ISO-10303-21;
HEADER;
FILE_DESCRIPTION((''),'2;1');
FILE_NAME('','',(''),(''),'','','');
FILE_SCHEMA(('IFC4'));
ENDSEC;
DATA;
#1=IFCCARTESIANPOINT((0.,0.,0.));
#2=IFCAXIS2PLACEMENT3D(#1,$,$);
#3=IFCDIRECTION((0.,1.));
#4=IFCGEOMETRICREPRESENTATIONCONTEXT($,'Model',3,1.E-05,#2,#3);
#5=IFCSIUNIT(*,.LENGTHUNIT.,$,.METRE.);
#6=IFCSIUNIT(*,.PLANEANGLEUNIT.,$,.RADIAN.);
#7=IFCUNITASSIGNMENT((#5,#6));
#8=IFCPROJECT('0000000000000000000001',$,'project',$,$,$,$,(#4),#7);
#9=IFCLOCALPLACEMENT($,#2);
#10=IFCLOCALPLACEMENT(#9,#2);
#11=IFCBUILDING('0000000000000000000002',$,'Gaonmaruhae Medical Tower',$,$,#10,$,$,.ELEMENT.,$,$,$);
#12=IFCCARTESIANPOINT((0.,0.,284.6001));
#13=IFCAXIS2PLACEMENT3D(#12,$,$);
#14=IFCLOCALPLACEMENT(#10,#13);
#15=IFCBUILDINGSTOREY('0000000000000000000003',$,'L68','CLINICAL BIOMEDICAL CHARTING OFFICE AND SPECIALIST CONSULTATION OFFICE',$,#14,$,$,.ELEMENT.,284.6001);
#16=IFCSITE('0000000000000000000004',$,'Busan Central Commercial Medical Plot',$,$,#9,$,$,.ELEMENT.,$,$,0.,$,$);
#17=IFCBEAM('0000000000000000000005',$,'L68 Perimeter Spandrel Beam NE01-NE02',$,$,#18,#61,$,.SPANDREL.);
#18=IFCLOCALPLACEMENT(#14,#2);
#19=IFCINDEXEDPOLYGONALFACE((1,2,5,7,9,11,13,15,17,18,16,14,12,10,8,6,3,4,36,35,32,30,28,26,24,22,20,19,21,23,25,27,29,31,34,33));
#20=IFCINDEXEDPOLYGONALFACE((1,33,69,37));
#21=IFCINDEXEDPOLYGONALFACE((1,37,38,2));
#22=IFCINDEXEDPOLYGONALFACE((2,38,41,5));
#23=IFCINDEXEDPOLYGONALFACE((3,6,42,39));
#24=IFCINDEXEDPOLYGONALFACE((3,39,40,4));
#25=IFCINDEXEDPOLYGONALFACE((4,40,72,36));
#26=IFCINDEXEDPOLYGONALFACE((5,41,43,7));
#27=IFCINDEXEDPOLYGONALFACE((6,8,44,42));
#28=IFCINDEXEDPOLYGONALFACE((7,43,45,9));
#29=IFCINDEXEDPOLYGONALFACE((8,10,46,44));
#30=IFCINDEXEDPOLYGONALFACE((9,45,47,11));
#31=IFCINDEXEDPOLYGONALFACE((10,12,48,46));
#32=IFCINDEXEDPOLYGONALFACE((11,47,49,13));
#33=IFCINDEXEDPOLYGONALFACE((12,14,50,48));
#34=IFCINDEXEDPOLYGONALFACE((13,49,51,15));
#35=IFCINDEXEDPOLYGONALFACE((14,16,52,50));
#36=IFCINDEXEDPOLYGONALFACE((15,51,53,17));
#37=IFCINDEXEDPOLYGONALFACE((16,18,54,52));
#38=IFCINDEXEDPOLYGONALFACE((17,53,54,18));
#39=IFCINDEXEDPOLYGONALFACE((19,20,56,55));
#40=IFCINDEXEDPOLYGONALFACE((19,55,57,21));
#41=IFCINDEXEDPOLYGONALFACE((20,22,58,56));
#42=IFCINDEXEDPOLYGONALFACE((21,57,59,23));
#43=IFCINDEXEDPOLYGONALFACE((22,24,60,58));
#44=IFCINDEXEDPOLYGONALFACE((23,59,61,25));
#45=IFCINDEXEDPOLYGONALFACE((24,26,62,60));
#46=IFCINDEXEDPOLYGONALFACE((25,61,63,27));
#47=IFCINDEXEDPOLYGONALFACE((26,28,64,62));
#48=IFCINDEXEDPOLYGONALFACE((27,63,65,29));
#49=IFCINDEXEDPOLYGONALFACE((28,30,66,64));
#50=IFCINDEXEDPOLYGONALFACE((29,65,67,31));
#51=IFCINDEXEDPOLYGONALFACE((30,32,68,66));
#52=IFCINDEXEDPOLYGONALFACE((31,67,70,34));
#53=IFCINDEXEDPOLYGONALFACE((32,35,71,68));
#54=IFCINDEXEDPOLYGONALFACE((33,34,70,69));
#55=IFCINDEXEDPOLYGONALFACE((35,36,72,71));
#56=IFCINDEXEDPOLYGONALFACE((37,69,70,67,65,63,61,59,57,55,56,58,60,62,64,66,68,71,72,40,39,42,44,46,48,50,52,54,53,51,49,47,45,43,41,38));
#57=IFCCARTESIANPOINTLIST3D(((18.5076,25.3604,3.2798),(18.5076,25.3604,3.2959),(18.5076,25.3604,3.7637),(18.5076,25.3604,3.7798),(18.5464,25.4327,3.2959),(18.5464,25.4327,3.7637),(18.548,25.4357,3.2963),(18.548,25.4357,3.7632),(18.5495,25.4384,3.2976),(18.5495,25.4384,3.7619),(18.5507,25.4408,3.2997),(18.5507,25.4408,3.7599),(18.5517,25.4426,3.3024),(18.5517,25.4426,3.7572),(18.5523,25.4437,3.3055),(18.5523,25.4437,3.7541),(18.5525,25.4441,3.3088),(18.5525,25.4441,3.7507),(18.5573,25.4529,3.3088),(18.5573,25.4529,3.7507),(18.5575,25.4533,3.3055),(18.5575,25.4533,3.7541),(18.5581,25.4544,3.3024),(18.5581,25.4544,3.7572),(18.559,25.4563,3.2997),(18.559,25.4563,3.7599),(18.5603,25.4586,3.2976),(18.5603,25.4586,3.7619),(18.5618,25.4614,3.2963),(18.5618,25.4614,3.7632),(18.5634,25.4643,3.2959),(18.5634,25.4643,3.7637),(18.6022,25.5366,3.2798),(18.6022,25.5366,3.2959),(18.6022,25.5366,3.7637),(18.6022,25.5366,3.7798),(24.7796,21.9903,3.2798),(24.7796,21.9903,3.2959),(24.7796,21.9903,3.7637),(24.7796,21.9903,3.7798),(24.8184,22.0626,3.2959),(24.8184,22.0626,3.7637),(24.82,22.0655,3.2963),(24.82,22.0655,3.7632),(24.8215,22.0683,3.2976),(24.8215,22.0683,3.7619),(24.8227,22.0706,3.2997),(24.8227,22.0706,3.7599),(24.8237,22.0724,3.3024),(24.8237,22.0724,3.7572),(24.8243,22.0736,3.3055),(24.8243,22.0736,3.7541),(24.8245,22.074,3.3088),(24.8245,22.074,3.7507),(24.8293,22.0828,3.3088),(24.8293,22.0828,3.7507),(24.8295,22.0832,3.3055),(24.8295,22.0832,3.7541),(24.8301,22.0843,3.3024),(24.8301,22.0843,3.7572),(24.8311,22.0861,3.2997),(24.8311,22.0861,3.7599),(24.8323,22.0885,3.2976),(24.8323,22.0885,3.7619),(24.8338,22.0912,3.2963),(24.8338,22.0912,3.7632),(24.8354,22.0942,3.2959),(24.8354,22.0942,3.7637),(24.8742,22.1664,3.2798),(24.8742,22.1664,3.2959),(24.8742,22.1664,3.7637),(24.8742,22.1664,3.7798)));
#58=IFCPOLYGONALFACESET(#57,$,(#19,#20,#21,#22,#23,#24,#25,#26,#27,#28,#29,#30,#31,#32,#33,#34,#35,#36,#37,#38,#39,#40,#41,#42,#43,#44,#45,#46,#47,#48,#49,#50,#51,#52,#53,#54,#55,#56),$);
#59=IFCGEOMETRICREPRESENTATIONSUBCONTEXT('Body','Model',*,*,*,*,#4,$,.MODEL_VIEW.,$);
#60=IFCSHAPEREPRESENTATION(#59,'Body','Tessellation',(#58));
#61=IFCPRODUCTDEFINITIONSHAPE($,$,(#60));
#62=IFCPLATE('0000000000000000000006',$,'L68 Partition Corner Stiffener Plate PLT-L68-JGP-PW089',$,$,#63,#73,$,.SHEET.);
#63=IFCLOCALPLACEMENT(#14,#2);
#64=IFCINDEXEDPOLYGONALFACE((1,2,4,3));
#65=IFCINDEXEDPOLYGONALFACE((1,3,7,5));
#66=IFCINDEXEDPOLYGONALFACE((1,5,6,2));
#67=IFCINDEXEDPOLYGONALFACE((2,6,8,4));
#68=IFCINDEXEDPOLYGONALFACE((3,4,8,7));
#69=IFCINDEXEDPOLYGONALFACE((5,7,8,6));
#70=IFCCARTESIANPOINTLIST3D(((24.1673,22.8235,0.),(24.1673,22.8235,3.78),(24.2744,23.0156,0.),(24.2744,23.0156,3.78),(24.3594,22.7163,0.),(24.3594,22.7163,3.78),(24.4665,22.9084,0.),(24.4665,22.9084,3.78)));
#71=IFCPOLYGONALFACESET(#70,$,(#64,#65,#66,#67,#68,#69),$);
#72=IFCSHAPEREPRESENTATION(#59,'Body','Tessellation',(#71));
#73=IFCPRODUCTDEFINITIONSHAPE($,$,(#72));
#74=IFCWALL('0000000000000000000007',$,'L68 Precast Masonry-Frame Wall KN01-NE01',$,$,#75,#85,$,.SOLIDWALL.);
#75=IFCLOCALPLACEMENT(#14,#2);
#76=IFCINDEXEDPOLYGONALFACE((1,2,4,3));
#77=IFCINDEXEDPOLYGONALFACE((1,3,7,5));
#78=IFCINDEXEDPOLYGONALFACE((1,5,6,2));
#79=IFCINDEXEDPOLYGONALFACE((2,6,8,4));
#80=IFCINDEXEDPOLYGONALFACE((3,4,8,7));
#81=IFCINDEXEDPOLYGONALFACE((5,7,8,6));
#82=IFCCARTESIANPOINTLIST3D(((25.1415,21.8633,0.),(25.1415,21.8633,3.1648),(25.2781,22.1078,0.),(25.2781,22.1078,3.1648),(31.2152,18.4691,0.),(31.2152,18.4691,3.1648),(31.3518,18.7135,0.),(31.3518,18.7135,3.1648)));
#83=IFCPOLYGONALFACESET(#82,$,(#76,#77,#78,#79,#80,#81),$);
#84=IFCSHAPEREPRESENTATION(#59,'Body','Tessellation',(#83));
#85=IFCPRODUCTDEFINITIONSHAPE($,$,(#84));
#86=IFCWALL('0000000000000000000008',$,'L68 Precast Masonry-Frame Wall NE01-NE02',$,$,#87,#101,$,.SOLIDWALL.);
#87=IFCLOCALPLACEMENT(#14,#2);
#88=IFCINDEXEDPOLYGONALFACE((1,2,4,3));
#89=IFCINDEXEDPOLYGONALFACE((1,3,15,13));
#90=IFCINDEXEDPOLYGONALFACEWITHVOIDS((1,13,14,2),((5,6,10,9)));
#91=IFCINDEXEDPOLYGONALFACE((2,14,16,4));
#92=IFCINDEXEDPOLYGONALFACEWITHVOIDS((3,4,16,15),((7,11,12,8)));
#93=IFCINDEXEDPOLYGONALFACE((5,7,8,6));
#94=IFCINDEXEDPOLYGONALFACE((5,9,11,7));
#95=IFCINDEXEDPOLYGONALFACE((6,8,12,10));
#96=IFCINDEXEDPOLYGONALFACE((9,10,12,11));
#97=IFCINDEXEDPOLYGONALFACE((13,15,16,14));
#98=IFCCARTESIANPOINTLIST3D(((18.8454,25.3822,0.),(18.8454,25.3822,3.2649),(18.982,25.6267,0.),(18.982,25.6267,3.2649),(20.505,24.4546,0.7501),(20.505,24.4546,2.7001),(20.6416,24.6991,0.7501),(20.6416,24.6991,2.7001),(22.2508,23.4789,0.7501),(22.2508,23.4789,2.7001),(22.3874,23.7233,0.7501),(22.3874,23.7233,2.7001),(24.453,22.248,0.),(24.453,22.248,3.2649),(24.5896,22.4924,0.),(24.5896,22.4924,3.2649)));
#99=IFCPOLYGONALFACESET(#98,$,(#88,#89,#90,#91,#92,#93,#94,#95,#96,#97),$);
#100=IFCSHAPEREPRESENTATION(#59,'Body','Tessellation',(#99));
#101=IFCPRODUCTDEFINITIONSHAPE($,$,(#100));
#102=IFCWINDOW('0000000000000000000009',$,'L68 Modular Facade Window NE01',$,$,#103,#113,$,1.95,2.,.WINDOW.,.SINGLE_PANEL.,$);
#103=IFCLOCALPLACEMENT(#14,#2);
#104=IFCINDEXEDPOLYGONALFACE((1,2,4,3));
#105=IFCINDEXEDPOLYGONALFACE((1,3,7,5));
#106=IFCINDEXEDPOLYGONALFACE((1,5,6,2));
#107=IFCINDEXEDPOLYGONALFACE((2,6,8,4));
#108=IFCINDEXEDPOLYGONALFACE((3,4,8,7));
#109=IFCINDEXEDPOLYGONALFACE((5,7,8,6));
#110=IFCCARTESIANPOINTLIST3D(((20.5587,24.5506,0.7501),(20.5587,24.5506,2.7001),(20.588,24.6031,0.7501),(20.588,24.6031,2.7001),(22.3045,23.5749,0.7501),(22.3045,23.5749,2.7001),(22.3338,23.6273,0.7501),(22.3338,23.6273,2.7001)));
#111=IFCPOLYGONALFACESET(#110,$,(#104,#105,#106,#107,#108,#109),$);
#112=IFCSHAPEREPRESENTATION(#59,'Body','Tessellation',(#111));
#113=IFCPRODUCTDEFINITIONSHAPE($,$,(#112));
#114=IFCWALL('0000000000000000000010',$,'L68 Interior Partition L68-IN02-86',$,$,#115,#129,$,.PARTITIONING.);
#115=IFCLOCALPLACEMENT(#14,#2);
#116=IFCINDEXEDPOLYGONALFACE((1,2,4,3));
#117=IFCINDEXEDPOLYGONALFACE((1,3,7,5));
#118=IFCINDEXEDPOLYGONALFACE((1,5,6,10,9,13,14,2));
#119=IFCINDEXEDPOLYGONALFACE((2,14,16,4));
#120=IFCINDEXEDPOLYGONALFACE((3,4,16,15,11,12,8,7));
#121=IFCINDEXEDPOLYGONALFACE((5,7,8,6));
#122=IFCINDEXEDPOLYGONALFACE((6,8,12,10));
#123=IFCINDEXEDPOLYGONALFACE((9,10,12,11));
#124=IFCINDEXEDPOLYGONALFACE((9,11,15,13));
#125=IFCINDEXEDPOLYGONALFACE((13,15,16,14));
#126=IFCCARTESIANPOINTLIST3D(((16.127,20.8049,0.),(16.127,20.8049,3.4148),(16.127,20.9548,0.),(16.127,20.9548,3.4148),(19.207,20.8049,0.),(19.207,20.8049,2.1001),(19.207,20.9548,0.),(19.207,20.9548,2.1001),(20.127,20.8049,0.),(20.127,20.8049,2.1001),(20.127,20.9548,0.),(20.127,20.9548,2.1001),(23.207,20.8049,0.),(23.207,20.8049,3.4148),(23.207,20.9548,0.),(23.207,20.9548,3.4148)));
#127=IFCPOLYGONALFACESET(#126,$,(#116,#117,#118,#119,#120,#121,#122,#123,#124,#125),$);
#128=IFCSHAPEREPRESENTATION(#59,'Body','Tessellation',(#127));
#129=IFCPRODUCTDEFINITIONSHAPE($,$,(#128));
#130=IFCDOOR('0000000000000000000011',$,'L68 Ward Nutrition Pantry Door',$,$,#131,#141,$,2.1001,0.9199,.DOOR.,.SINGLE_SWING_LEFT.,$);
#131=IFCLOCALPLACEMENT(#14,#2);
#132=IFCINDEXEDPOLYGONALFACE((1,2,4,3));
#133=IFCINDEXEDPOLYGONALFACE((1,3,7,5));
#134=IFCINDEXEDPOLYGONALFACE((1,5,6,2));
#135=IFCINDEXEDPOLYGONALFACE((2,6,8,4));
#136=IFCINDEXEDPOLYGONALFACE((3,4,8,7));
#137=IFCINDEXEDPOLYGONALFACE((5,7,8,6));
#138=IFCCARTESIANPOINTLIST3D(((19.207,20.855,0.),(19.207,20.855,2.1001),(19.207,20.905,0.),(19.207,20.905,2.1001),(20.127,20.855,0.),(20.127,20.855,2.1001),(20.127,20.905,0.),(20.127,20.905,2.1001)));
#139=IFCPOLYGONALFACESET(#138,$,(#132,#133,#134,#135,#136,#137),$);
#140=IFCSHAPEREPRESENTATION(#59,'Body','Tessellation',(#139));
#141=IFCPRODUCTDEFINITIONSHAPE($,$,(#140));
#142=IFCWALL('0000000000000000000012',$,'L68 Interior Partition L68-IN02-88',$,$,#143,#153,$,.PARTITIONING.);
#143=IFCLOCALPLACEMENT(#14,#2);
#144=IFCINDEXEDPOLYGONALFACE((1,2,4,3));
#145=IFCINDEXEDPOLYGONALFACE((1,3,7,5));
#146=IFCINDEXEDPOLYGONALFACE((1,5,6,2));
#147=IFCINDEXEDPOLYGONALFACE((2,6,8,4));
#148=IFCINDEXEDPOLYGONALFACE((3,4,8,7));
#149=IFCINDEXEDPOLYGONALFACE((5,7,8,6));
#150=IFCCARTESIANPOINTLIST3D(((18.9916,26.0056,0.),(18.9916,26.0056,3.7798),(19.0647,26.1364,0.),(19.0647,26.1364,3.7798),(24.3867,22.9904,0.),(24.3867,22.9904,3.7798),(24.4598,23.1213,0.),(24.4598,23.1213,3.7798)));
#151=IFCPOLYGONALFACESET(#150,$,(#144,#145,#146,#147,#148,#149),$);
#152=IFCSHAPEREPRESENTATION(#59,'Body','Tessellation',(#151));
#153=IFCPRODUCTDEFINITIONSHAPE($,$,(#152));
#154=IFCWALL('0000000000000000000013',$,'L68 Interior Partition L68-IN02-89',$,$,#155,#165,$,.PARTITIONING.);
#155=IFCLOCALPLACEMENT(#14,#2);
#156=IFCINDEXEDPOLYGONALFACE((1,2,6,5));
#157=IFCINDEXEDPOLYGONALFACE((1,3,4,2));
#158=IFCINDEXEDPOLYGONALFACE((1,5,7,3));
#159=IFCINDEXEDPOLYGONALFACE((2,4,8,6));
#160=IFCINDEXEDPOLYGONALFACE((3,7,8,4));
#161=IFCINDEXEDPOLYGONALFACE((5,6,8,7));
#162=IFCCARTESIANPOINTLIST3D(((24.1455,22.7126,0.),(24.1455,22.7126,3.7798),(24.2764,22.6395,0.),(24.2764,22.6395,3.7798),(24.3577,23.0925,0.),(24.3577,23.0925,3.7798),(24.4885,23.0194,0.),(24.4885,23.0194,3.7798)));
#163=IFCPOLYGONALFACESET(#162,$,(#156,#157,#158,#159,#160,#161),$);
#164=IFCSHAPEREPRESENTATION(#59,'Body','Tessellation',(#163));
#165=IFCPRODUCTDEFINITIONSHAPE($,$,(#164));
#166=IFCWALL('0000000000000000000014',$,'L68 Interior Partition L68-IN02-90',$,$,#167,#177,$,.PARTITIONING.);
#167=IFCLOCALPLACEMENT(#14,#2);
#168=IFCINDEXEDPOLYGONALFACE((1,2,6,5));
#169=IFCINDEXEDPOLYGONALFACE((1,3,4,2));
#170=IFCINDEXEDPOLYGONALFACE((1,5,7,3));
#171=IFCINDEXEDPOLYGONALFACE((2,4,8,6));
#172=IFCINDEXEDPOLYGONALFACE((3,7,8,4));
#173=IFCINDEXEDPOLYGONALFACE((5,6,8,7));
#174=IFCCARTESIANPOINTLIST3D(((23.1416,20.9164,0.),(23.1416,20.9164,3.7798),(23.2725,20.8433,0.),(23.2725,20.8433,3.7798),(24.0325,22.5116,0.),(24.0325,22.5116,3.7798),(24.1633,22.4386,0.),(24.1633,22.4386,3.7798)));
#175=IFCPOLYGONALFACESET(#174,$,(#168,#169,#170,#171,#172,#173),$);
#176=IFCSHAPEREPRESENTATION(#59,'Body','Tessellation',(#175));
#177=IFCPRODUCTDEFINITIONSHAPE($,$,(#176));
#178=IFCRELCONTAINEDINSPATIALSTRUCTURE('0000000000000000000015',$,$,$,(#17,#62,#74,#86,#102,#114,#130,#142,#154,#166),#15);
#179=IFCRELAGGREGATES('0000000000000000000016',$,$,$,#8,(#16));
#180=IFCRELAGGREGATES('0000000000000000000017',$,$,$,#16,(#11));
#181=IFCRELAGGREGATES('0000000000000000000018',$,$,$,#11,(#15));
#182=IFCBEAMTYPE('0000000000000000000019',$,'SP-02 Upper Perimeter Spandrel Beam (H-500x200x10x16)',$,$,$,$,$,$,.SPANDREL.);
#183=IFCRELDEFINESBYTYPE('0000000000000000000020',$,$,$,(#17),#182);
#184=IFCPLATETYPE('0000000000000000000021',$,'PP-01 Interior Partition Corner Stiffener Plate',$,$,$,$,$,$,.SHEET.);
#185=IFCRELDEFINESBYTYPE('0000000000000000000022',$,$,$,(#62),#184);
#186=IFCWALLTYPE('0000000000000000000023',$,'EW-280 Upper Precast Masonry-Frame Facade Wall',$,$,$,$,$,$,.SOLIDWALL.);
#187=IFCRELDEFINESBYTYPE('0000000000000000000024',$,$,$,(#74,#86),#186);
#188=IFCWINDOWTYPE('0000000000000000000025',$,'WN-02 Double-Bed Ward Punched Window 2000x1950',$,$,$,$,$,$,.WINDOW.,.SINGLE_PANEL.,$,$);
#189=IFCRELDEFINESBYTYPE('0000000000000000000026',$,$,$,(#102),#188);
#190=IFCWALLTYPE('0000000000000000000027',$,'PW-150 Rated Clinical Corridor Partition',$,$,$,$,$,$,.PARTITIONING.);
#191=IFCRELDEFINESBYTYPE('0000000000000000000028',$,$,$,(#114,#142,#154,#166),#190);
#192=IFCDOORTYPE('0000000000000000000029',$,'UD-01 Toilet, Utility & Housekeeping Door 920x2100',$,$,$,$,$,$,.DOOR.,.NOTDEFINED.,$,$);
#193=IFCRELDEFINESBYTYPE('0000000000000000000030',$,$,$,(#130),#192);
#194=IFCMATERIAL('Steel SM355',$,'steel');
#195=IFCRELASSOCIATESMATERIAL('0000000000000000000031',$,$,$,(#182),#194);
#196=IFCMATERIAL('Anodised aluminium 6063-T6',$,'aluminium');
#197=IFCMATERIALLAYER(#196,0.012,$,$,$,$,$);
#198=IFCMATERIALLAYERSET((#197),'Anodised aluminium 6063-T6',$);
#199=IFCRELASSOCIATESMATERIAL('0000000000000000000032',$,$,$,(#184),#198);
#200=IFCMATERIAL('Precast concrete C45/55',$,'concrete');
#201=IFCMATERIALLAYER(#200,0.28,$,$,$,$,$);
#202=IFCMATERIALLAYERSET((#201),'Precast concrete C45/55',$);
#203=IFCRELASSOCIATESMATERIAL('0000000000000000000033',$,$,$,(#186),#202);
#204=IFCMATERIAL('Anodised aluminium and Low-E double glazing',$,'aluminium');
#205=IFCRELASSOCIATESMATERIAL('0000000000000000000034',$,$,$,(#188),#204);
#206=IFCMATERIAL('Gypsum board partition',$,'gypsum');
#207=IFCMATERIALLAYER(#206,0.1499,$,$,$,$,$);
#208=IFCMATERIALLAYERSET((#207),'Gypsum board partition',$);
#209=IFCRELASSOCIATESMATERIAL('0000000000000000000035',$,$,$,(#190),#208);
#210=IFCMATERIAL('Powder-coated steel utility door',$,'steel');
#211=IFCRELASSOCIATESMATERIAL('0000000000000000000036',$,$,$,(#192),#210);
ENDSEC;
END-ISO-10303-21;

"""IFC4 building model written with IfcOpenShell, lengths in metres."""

from ifc_helpers import new_model, si_unit, direction, frame, frame_2d, origin, origin_2d, place, context, subcontext, project, spatial, rectangle, i_section, extrude, material, layer, layer_set, material_profile, profile_set, type_object, element, fill, save


model = new_model("IFC4")

# Units and contexts
model_context = context("Model", 3, precision=1e-05, world=origin(), true_north=direction((0.0, 1.0)))
body_context = subcontext(model_context, "Body", "Model", "MODEL_VIEW")
ifc_project = project(units=[si_unit("LENGTHUNIT", "METRE"), si_unit("PLANEANGLEUNIT", "RADIAN")], contexts=[model_context])

# Site, building, storey
site_placement = place(None, origin())
site = spatial("IfcSite", under=ifc_project, at=site_placement, Name="Busan Central Commercial Medical Plot", CompositionType="ELEMENT", RefElevation=0.0)
building_placement = place(site_placement, origin())
building = spatial("IfcBuilding", under=site, at=building_placement, Name="Gaonmaruhae Medical Tower", CompositionType="ELEMENT")
storey_placement = place(building_placement, frame((0.0, 0.0, 284.6001)))
storey = spatial("IfcBuildingStorey", under=building, at=storey_placement, Name="L68", Description="CLINICAL BIOMEDICAL CHARTING OFFICE AND SPECIALIST CONSULTATION OFFICE", CompositionType="ELEMENT", Elevation=284.6001)

# Beam
ifc_material_1 = material(Name="Steel SM355", Category="steel")
ifc_material_profile_1 = material_profile(ifc_material_1, i_section(OverallWidth=0.2, OverallDepth=0.5, WebThickness=0.01, FlangeThickness=0.0161, FilletRadius=0.0129, at=origin_2d()), Name="H-500x200x10x16")
ifc_profile_set_1 = profile_set([ifc_material_profile_1], Name="Steel SM355")
beam_type_1 = type_object("IfcBeamType", Name="SP-02 Upper Perimeter Spandrel Beam (H-500x200x10x16)", PredefinedType="SPANDREL", material=ifc_profile_set_1)
beam_1_placement = place(storey_placement, frame((24.8269, 22.0784, 3.5298), z_axis=(-0.880887, 0.473327, 0.0), x_axis=(-0.473327, -0.880887, 0.0)))
element("IfcBeam", 1, at=beam_1_placement, inside=storey, type_object=beam_type_1, Name="L68 Perimeter Spandrel Beam NE01-NE02", PredefinedType="SPANDREL", context=body_context, shape_type="SweptSolid", body=[
    extrude(i_section(OverallWidth=0.2, OverallDepth=0.5, WebThickness=0.01, FlangeThickness=0.0161, FilletRadius=0.0129, at=origin_2d()), origin(), (0.0, 0.0, 1.0), 7.1201),
])

# Plate
ifc_material_2 = material(Name="Anodised aluminium 6063-T6", Category="aluminium")
ifc_layer_1 = layer(ifc_material_2, 0.012)
ifc_layer_set_1 = layer_set([ifc_layer_1], Name="Anodised aluminium 6063-T6")
plate_type = type_object("IfcPlateType", Name="PP-01 Interior Partition Corner Stiffener Plate", PredefinedType="SHEET", material=ifc_layer_set_1)
plate_placement = place(storey_placement, frame((24.3169, 22.866, 0.0), z_axis=(0.0, 0.0, 1.0), x_axis=(-0.487204, -0.873288, 0.0)))
element("IfcPlate", 2, at=plate_placement, inside=storey, type_object=plate_type, Name="L68 Partition Corner Stiffener Plate PLT-L68-JGP-PW089", PredefinedType="SHEET", context=body_context, shape_type="SweptSolid", body=[
    extrude(rectangle(XDim=0.22, YDim=0.22, at=origin_2d()), origin(), (0.0, 0.0, 1.0), 3.78),
])

# Wall
ifc_material_3 = material(Name="Precast concrete C45/55", Category="concrete")
ifc_layer_2 = layer(ifc_material_3, 0.28)
ifc_layer_set_2 = layer_set([ifc_layer_2], Name="Precast concrete C45/55")
wall_type_1 = type_object("IfcWallType", Name="EW-280 Upper Precast Masonry-Frame Facade Wall", PredefinedType="SOLIDWALL", material=ifc_layer_set_2)
wall_1_placement = place(storey_placement, frame((25.2097, 21.9856, 0.0), z_axis=(0.0, 0.0, 1.0), x_axis=(0.872935, -0.487837, 0.0)))
element("IfcWall", 3, at=wall_1_placement, inside=storey, type_object=wall_type_1, Name="L68 Precast Masonry-Frame Wall KN01-NE01", PredefinedType="SOLIDWALL", context=body_context, shape_type="SweptSolid", body=[
    extrude(rectangle(XDim=6.9578, YDim=0.28, at=frame_2d((3.479, 0.0))), origin(), (0.0, 0.0, 1.0), 3.1648),
])

# Wall, opening, window
wall_2_placement = place(storey_placement, frame((18.9138, 25.5044, 0.0), z_axis=(0.0, 0.0, 1.0), x_axis=(0.872905, -0.48789, 0.0)))
wall_2 = element("IfcWall", 4, at=wall_2_placement, inside=storey, type_object=wall_type_1, Name="L68 Precast Masonry-Frame Wall NE01-NE02", PredefinedType="SOLIDWALL", context=body_context, shape_type="SweptSolid", body=[
    extrude(rectangle(XDim=6.4241, YDim=0.28, at=frame_2d((3.2119, 0.0))), origin(), (0.0, 0.0, 1.0), 3.2649),
])
opening_1_placement = place(wall_2_placement, frame((1.9011, 0.0, 0.75)))
opening_1 = element("IfcOpeningElement", 5, at=opening_1_placement, cuts=wall_2, PredefinedType="OPENING", context=body_context, shape_type="SweptSolid", body=[
    extrude(rectangle(XDim=2.0, YDim=1.95, at=frame_2d((1.0, 0.9751))), frame((0.0, 0.1499, 0.0), z_axis=(0.0, -1.0, 0.0), x_axis=(1.0, 0.0, 0.0)), (0.0, 0.0, 1.0), 0.3),
])
ifc_material_4 = material(Name="Anodised aluminium and Low-E double glazing", Category="aluminium")
window_type = type_object("IfcWindowType", Name="WN-02 Double-Bed Ward Punched Window 2000x1950", PartitioningType="SINGLE_PANEL", PredefinedType="WINDOW", material=ifc_material_4)
window_placement = place(opening_1_placement, origin())
window = element("IfcWindow", 6, at=window_placement, inside=storey, type_object=window_type, Name="L68 Modular Facade Window NE01", OverallHeight=1.95, OverallWidth=2.0, PartitioningType="SINGLE_PANEL", PredefinedType="WINDOW", context=body_context, shape_type="SweptSolid", body=[
    extrude(rectangle(XDim=2.0, YDim=1.95, at=frame_2d((1.0, 0.9751))), frame((0.0, 0.03, 0.0), z_axis=(0.0, -1.0, 0.0), x_axis=(1.0, 0.0, 0.0)), (0.0, 0.0, 1.0), 0.0601),
])
fill(opening_1, window)

# Wall, opening, door
ifc_material_5 = material(Name="Gypsum board partition", Category="gypsum")
ifc_layer_3 = layer(ifc_material_5, 0.1499)
ifc_layer_set_3 = layer_set([ifc_layer_3], Name="Gypsum board partition")
wall_type_2 = type_object("IfcWallType", Name="PW-150 Rated Clinical Corridor Partition", PredefinedType="PARTITIONING", material=ifc_layer_set_3)
wall_3_placement = place(storey_placement, frame((23.207, 20.8799, 0.0), z_axis=(0.0, 0.0, 1.0), x_axis=(-1.0, 0.0, 0.0)))
wall_3 = element("IfcWall", 7, at=wall_3_placement, inside=storey, type_object=wall_type_2, Name="L68 Interior Partition L68-IN02-86", PredefinedType="PARTITIONING", context=body_context, shape_type="SweptSolid", body=[
    extrude(rectangle(XDim=7.0801, YDim=0.1499, at=frame_2d((3.54, 0.0))), origin(), (0.0, 0.0, 1.0), 3.4148),
])
opening_2_placement = place(wall_3_placement, frame((3.0801, 0.0, 0.0)))
opening_2 = element("IfcOpeningElement", 8, at=opening_2_placement, cuts=wall_3, PredefinedType="OPENING", context=body_context, shape_type="SweptSolid", body=[
    extrude(rectangle(XDim=0.9199, YDim=2.1001, at=frame_2d((0.46, 1.05))), frame((0.0, 0.085, 0.0), z_axis=(0.0, -1.0, 0.0), x_axis=(1.0, 0.0, 0.0)), (0.0, 0.0, 1.0), 0.1699),
])
ifc_material_6 = material(Name="Powder-coated steel utility door", Category="steel")
door_type_1 = type_object("IfcDoorType", Name="UD-01 Toilet, Utility & Housekeeping Door 920x2100", OperationType="NOTDEFINED", PredefinedType="DOOR", material=ifc_material_6)
door_1_placement = place(opening_2_placement, origin())
door_1 = element("IfcDoor", 9, at=door_1_placement, inside=storey, type_object=door_type_1, Name="L68 Ward Nutrition Pantry Door", OperationType="SINGLE_SWING_LEFT", OverallHeight=2.1001, OverallWidth=0.9199, PredefinedType="DOOR", context=body_context, shape_type="SweptSolid", body=[
    extrude(rectangle(XDim=0.9199, YDim=2.1001, at=frame_2d((0.46, 1.05))), frame((0.0, 0.0249, 0.0), z_axis=(0.0, -1.0, 0.0), x_axis=(1.0, 0.0, 0.0)), (0.0, 0.0, 1.0), 0.05),
])
fill(opening_2, door_1)

# Walls
wall_4_placement = place(storey_placement, frame((19.0281, 26.071, 0.0), z_axis=(0.0, 0.0, 1.0), x_axis=(0.872925, -0.487855, 0.0)))
element("IfcWall", 10, at=wall_4_placement, inside=storey, type_object=wall_type_2, Name="L68 Interior Partition L68-IN02-88", PredefinedType="PARTITIONING", context=body_context, shape_type="SweptSolid", body=[
    extrude(rectangle(XDim=6.1804, YDim=0.1499, at=frame_2d((3.0903, 0.0))), origin(), (0.0, 0.0, 1.0), 3.7798),
])
wall_5_placement = place(storey_placement, frame((24.4231, 23.0559, 0.0), z_axis=(0.0, 0.0, 1.0), x_axis=(-0.487595, -0.87307, 0.0)))
element("IfcWall", 11, at=wall_5_placement, inside=storey, type_object=wall_type_2, Name="L68 Interior Partition L68-IN02-89", PredefinedType="PARTITIONING", context=body_context, shape_type="SweptSolid", body=[
    extrude(rectangle(XDim=0.4351, YDim=0.1499, at=frame_2d((0.2175, 0.0))), origin(), (0.0, 0.0, 1.0), 3.7798),
])
wall_6_placement = place(storey_placement, frame((24.0979, 22.4751, 0.0), z_axis=(0.0, 0.0, 1.0), x_axis=(-0.487582, -0.873077, 0.0)))
element("IfcWall", 12, at=wall_6_placement, inside=storey, type_object=wall_type_2, Name="L68 Interior Partition L68-IN02-90", PredefinedType="PARTITIONING", context=body_context, shape_type="SweptSolid", body=[
    extrude(rectangle(XDim=1.8271, YDim=0.1499, at=frame_2d((0.9136, 0.0))), origin(), (0.0, 0.0, 1.0), 3.7798),
])

save(model, "model.ifc")
